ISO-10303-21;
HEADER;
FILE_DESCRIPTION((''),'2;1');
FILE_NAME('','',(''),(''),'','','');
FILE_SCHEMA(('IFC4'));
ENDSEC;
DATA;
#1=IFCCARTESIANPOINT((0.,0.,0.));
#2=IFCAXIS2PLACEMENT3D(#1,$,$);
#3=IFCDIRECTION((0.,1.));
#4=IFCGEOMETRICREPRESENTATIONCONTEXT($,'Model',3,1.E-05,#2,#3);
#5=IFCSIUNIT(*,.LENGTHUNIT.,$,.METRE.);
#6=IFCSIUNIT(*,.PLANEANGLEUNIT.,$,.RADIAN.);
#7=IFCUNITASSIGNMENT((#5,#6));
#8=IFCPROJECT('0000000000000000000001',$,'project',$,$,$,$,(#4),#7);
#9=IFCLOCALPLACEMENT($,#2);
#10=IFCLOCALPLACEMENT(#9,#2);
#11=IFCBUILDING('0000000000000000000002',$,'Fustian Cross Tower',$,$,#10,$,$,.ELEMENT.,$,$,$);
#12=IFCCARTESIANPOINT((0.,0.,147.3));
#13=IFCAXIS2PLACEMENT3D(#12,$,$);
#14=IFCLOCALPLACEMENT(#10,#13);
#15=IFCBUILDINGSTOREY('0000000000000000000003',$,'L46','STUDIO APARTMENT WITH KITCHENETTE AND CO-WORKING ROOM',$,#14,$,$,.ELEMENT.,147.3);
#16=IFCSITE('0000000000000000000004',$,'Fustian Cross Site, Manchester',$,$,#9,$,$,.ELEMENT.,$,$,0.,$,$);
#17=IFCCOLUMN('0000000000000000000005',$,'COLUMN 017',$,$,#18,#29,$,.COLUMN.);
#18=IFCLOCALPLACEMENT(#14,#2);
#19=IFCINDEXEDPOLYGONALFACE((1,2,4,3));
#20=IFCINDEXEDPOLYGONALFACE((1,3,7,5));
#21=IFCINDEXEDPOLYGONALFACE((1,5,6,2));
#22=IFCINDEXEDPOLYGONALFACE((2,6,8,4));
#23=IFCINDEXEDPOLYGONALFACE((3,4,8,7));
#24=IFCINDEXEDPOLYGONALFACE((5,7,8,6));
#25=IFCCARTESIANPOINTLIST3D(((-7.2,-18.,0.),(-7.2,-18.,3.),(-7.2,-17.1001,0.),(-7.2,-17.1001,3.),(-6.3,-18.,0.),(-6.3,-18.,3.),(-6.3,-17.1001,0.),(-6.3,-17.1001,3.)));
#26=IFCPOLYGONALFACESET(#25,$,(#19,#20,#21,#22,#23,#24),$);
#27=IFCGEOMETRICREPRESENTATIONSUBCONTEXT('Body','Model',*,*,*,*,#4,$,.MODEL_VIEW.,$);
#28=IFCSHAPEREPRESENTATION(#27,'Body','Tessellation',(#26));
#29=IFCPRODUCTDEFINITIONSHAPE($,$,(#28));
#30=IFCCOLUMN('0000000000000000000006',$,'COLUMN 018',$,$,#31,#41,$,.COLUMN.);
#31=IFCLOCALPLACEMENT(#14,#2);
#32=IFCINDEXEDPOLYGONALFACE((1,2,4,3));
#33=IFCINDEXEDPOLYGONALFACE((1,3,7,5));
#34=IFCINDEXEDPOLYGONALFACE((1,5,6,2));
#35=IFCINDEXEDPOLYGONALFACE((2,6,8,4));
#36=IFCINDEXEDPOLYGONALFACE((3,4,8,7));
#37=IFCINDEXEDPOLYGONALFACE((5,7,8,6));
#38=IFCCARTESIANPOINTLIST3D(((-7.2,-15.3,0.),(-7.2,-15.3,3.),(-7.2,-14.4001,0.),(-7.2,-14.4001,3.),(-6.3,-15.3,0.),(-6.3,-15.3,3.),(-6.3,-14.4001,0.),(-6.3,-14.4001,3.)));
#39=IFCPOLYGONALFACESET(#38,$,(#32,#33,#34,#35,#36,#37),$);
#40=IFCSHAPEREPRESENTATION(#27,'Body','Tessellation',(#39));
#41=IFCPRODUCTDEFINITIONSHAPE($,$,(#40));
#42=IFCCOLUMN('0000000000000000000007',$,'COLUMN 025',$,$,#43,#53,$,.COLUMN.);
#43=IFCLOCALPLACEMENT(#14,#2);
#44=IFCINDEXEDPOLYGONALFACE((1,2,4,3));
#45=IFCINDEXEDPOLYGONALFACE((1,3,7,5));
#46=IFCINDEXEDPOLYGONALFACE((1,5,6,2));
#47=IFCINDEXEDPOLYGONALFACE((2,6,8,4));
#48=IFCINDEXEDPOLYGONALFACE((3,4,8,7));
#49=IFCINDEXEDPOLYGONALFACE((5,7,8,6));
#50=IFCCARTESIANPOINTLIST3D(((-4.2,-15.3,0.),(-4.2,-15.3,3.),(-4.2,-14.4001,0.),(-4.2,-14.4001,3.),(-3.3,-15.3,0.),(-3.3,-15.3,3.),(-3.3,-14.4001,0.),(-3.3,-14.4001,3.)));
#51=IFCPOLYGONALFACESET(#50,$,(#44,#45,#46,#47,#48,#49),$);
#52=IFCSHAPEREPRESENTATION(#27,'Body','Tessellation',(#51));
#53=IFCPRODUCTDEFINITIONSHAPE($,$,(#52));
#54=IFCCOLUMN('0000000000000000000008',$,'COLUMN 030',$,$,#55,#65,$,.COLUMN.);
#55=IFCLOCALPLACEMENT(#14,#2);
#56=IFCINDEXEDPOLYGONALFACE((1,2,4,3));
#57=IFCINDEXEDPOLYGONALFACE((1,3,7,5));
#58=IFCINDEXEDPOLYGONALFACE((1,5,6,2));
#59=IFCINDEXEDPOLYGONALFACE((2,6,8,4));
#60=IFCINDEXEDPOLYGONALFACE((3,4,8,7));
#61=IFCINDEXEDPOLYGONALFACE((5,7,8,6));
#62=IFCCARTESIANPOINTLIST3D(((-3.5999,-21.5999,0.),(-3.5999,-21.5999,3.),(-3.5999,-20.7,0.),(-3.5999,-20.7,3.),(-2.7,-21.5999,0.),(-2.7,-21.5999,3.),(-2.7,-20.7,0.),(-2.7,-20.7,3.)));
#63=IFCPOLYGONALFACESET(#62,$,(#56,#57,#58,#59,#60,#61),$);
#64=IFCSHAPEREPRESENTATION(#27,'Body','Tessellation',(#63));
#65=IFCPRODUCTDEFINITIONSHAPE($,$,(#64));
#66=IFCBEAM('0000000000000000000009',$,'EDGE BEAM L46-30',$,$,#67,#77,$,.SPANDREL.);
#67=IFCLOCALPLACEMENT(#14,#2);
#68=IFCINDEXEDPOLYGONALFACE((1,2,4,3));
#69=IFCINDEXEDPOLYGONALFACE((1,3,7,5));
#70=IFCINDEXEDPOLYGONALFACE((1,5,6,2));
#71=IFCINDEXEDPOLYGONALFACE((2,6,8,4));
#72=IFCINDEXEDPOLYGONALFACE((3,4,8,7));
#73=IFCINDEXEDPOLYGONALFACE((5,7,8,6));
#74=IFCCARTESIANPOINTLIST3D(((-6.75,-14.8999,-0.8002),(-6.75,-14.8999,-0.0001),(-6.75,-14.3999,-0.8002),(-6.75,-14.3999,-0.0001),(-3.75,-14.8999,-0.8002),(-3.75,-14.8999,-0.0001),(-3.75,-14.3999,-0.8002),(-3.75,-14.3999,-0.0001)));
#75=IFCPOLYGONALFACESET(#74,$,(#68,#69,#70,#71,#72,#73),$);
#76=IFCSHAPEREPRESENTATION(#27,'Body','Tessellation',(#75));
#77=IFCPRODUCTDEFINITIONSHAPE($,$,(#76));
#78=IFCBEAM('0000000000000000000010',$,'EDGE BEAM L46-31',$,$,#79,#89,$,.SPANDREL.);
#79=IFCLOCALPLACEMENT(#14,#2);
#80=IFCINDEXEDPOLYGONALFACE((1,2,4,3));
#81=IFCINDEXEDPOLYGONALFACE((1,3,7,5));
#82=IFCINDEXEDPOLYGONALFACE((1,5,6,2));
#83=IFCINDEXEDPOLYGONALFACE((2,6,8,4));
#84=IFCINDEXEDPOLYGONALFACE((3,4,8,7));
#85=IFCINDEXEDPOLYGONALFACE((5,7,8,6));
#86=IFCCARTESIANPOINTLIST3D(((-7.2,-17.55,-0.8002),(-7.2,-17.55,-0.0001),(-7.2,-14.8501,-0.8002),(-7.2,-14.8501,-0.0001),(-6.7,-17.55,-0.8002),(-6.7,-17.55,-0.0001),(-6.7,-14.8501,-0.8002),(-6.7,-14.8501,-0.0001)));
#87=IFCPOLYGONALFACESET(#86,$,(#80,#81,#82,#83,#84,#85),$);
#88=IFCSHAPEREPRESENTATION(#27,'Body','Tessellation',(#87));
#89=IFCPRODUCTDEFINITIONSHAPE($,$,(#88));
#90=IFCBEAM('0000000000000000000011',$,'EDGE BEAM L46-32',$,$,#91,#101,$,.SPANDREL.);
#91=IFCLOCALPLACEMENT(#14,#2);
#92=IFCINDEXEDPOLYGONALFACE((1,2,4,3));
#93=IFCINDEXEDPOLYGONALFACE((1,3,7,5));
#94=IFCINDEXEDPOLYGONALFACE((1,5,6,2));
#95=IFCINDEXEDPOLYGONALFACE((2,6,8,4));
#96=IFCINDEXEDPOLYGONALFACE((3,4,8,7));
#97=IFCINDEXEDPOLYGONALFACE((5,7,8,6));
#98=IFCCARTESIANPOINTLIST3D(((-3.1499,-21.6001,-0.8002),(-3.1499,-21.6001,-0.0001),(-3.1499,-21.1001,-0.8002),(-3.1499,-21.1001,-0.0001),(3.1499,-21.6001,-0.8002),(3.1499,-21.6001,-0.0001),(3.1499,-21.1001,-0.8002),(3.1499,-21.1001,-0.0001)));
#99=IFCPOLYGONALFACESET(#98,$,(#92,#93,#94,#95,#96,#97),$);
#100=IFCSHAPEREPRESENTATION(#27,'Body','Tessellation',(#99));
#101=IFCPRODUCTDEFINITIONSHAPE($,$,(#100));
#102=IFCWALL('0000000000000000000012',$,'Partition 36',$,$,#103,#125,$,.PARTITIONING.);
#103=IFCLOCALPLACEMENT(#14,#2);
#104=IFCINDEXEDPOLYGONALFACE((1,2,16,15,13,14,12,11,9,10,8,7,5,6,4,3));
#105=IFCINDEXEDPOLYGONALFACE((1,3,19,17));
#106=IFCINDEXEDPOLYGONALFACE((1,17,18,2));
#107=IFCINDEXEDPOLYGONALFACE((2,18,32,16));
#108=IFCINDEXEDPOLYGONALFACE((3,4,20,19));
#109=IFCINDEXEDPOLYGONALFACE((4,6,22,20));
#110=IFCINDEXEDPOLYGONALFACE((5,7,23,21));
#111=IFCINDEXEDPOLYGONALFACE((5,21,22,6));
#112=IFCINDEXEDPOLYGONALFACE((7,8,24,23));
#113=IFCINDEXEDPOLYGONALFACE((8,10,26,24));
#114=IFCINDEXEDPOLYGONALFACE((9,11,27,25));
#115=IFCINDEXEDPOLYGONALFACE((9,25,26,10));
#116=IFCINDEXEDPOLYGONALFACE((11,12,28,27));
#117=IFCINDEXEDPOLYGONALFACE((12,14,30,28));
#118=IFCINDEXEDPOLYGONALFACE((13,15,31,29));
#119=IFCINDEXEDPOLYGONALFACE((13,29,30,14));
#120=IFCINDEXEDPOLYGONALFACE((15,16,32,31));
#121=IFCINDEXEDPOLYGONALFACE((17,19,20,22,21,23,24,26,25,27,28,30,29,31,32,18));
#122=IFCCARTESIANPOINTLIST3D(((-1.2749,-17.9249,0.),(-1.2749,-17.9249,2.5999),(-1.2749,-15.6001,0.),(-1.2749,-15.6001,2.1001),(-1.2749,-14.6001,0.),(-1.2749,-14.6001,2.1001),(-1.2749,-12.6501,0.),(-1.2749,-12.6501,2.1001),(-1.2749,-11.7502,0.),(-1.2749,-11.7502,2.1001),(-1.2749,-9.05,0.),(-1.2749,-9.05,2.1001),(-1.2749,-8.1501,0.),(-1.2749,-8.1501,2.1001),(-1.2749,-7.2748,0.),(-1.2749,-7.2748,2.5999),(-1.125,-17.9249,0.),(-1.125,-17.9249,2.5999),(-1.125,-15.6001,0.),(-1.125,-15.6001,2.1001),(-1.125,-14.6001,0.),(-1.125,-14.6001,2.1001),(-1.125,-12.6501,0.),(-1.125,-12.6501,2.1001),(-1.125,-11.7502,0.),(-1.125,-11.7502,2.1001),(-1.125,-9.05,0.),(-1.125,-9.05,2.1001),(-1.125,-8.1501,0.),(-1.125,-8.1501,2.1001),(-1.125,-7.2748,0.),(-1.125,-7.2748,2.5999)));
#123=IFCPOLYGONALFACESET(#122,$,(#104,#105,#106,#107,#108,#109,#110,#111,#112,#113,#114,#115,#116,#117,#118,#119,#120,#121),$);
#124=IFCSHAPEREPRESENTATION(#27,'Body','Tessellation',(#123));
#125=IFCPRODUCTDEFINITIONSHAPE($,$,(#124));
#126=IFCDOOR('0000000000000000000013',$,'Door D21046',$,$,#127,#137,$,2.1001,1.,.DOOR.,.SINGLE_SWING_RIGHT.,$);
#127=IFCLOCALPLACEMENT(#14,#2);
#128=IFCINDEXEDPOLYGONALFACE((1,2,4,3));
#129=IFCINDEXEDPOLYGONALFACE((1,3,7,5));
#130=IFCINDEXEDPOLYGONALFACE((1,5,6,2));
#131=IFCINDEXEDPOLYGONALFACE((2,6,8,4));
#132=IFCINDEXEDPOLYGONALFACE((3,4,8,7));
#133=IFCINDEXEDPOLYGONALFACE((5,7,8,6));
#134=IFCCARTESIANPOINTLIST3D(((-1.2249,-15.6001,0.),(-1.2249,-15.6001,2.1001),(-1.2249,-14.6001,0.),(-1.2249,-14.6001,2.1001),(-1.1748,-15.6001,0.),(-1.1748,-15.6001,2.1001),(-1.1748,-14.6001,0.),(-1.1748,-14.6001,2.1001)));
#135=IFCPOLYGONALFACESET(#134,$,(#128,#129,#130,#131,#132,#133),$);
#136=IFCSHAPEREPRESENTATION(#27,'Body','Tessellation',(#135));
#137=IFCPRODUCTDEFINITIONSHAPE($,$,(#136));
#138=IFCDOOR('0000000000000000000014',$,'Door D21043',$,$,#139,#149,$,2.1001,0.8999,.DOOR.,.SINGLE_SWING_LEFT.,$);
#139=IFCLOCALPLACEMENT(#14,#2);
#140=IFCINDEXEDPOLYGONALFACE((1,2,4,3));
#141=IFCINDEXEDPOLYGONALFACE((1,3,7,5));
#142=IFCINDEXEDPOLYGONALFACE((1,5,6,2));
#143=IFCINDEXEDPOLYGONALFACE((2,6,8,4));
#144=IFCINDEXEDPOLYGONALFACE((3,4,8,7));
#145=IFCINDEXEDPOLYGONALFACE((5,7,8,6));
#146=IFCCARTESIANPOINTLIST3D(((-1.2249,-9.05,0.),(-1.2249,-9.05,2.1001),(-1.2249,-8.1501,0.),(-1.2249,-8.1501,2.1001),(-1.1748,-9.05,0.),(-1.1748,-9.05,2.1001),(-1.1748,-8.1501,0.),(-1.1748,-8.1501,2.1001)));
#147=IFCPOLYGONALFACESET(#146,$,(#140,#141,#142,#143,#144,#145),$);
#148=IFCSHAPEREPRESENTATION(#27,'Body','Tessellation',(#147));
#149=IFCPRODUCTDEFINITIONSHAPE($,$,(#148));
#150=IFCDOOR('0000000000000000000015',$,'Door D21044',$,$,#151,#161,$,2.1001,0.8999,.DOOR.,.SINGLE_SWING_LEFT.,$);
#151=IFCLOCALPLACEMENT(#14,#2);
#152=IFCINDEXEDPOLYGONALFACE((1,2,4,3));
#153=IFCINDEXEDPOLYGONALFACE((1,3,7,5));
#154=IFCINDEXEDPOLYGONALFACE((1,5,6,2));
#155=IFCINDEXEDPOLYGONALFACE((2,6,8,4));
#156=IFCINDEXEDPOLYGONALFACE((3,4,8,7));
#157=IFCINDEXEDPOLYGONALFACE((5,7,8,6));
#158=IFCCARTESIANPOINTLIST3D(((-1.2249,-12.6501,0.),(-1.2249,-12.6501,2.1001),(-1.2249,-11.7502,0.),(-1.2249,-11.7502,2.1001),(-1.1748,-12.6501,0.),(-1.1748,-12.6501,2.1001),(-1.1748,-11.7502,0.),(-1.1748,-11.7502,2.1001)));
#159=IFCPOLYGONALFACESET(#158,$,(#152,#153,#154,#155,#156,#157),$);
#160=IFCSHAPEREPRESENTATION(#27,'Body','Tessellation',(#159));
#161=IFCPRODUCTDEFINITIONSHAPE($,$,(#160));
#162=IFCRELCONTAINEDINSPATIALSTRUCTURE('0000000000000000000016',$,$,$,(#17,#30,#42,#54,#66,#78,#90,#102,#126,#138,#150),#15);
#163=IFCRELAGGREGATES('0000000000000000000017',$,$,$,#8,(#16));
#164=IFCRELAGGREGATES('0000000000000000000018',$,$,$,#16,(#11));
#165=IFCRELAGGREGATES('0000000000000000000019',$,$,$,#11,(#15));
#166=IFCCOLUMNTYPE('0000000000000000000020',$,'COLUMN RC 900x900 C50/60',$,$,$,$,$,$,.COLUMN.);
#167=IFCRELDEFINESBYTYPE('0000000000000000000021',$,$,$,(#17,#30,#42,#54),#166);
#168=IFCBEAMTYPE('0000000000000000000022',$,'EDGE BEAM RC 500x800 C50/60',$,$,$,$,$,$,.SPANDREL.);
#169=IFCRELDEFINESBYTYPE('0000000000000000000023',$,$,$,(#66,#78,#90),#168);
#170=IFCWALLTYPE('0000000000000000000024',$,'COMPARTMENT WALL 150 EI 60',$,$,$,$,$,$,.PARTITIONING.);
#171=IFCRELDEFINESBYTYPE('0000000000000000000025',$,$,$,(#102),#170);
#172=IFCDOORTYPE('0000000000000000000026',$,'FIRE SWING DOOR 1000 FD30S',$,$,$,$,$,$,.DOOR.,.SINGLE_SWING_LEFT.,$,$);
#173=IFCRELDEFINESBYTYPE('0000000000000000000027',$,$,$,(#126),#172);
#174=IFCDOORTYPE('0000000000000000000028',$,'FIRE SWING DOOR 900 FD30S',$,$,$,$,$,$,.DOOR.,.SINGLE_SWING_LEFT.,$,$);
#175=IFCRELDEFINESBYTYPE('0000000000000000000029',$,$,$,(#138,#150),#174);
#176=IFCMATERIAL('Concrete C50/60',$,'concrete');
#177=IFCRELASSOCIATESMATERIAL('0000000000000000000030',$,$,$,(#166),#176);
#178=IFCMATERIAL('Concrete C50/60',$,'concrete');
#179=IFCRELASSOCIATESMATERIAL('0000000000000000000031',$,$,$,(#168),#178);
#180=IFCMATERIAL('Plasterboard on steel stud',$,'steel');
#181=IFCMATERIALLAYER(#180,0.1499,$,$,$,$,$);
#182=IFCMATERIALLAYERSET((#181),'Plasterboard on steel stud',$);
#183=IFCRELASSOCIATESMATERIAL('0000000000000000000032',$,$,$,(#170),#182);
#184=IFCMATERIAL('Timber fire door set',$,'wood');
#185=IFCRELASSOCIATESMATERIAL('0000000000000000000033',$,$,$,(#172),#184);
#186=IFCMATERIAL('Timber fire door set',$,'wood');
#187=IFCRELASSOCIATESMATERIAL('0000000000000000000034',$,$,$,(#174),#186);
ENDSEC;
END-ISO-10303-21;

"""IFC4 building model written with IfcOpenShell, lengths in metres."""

from ifc_helpers import new_model, si_unit, direction, frame, frame_2d, origin, origin_2d, place, context, subcontext, project, spatial, rectangle, extrude, material, layer, layer_set, material_profile, profile_set, type_object, element, fill, save


model = new_model("IFC4")

# Units and contexts
model_context = context("Model", 3, precision=1e-05, world=origin(), true_north=direction((0.0, 1.0)))
body_context = subcontext(model_context, "Body", "Model", "MODEL_VIEW")
ifc_project = project(units=[si_unit("LENGTHUNIT", "METRE"), si_unit("PLANEANGLEUNIT", "RADIAN")], contexts=[model_context])

# Site, building, storey
site_placement = place(None, origin())
site = spatial("IfcSite", under=ifc_project, at=site_placement, Name="Fustian Cross Site, Manchester", CompositionType="ELEMENT", RefElevation=0.0)
building_placement = place(site_placement, origin())
building = spatial("IfcBuilding", under=site, at=building_placement, Name="Fustian Cross Tower", CompositionType="ELEMENT")
storey_placement = place(building_placement, frame((0.0, 0.0, 147.3)))
storey = spatial("IfcBuildingStorey", under=building, at=storey_placement, Name="L46", Description="STUDIO APARTMENT WITH KITCHENETTE AND CO-WORKING ROOM", CompositionType="ELEMENT", Elevation=147.3)

# Columns
ifc_material_1 = material(Name="Concrete C50/60", Category="concrete")
ifc_material_profile_1 = material_profile(ifc_material_1, rectangle(XDim=0.8999, YDim=0.8999, at=origin_2d()), Name="RC 900x900")
ifc_profile_set_1 = profile_set([ifc_material_profile_1], Name="Concrete C50/60")
column_type = type_object("IfcColumnType", Name="COLUMN RC 900x900 C50/60", PredefinedType="COLUMN", material=ifc_profile_set_1)
for number, where, z_axis, x_axis, name in (
    (1, (-6.75, -17.55, 0.0), (0.0, 0.0, 1.0), (1.0, 0.0, 0.0), "COLUMN 017"),
    (2, (-6.75, -14.8501, 0.0), (0.0, 0.0, 1.0), (1.0, 0.0, 0.0), "COLUMN 018"),
    (3, (-3.75, -14.8501, 0.0), (0.0, 0.0, 1.0), (1.0, 0.0, 0.0), "COLUMN 025"),
    (4, (-3.1499, -21.1499, 0.0), (0.0, 0.0, 1.0), (1.0, 0.0, 0.0), "COLUMN 030"),
):
    element("IfcColumn", number, at=place(storey_placement, frame(where, z_axis=z_axis, x_axis=x_axis)), inside=storey, type_object=column_type, Name=name, PredefinedType="COLUMN", context=body_context, shape_type="SweptSolid", body=[
        extrude(rectangle(XDim=0.8999, YDim=0.8999, at=origin_2d()), origin(), (0.0, 0.0, 1.0), 3.0),
    ])

# Beams
ifc_material_2 = material(Name="Concrete C50/60", Category="concrete")
ifc_material_profile_2 = material_profile(ifc_material_2, rectangle(XDim=0.5, YDim=0.8, at=origin_2d()), Name="RC 500x800")
ifc_profile_set_2 = profile_set([ifc_material_profile_2], Name="Concrete C50/60")
beam_type = type_object("IfcBeamType", Name="EDGE BEAM RC 500x800 C50/60", PredefinedType="SPANDREL", material=ifc_profile_set_2)
beam_1_placement = place(storey_placement, frame((-3.75, -14.6499, -0.4001), z_axis=(-1.0, 0.0, 0.0), x_axis=(0.0, -1.0, 0.0)))
element("IfcBeam", 5, at=beam_1_placement, inside=storey, type_object=beam_type, Name="EDGE BEAM L46-30", PredefinedType="SPANDREL", context=body_context, shape_type="SweptSolid", body=[
    extrude(rectangle(XDim=0.5, YDim=0.8, at=origin_2d()), origin(), (0.0, 0.0, 1.0), 3.0),
])
beam_2_placement = place(storey_placement, frame((-6.95, -14.8501, -0.4001), z_axis=(0.0, -1.0, 0.0), x_axis=(1.0, 0.0, 0.0)))
element("IfcBeam", 6, at=beam_2_placement, inside=storey, type_object=beam_type, Name="EDGE BEAM L46-31", PredefinedType="SPANDREL", context=body_context, shape_type="SweptSolid", body=[
    extrude(rectangle(XDim=0.5, YDim=0.8, at=origin_2d()), origin(), (0.0, 0.0, 1.0), 2.7),
])
beam_3_placement = place(storey_placement, frame((-3.1499, -21.3501, -0.4001), z_axis=(1.0, 0.0, 0.0), x_axis=(0.0, 1.0, 0.0)))
element("IfcBeam", 7, at=beam_3_placement, inside=storey, type_object=beam_type, Name="EDGE BEAM L46-32", PredefinedType="SPANDREL", context=body_context, shape_type="SweptSolid", body=[
    extrude(rectangle(XDim=0.5, YDim=0.8, at=origin_2d()), origin(), (0.0, 0.0, 1.0), 6.2998),
])

# Wall, openings, doors
ifc_material_3 = material(Name="Plasterboard on steel stud", Category="steel")
ifc_layer_1 = layer(ifc_material_3, 0.1499)
ifc_layer_set_1 = layer_set([ifc_layer_1], Name="Plasterboard on steel stud")
wall_type_1 = type_object("IfcWallType", Name="COMPARTMENT WALL 150 EI 60", PredefinedType="PARTITIONING", material=ifc_layer_set_1)
wall_1_placement = place(storey_placement, frame((-1.2, -17.925, 0.0), z_axis=(0.0, 0.0, 1.0), x_axis=(0.0, 1.0, 0.0)))
wall_1 = element("IfcWall", 8, at=wall_1_placement, inside=storey, type_object=wall_type_1, Name="Partition 36", PredefinedType="PARTITIONING", context=body_context, shape_type="SweptSolid", body=[
    extrude(rectangle(XDim=10.6501, YDim=0.1499, at=frame_2d((5.3252, 0.0))), origin(), (0.0, 0.0, 1.0), 2.5999),
])
opening_1_placement = place(wall_1_placement, frame((8.875, 0.0, 0.0)))
opening_1 = element("IfcOpeningElement", 9, at=opening_1_placement, cuts=wall_1, PredefinedType="OPENING", context=body_context, shape_type="SweptSolid", body=[
    extrude(rectangle(XDim=0.8999, YDim=2.1001, at=frame_2d((0.45, 1.05))), frame((0.0, 0.085, 0.0), z_axis=(0.0, -1.0, 0.0), x_axis=(1.0, 0.0, 0.0)), (0.0, 0.0, 1.0), 0.1699),
])
opening_2_placement = place(wall_1_placement, frame((5.2749, 0.0, 0.0)))
opening_2 = element("IfcOpeningElement", 10, at=opening_2_placement, cuts=wall_1, PredefinedType="OPENING", context=body_context, shape_type="SweptSolid", body=[
    extrude(rectangle(XDim=0.8999, YDim=2.1001, at=frame_2d((0.45, 1.05))), frame((0.0, 0.085, 0.0), z_axis=(0.0, -1.0, 0.0), x_axis=(1.0, 0.0, 0.0)), (0.0, 0.0, 1.0), 0.1699),
])
opening_3_placement = place(wall_1_placement, frame((2.325, 0.0, 0.0)))
opening_3 = element("IfcOpeningElement", 11, at=opening_3_placement, cuts=wall_1, PredefinedType="OPENING", context=body_context, shape_type="SweptSolid", body=[
    extrude(rectangle(XDim=1.0, YDim=2.1001, at=frame_2d((0.5, 1.05))), frame((0.0, 0.085, 0.0), z_axis=(0.0, -1.0, 0.0), x_axis=(1.0, 0.0, 0.0)), (0.0, 0.0, 1.0), 0.1699),
])
ifc_material_4 = material(Name="Timber fire door set", Category="wood")
door_type_1 = type_object("IfcDoorType", Name="FIRE SWING DOOR 1000 FD30S", OperationType="SINGLE_SWING_LEFT", PredefinedType="DOOR", material=ifc_material_4)
door_1_placement = place(opening_3_placement, origin())
door_1 = element("IfcDoor", 12, at=door_1_placement, inside=storey, type_object=door_type_1, Name="Door D21046", OperationType="SINGLE_SWING_RIGHT", OverallHeight=2.1001, OverallWidth=1.0, PredefinedType="DOOR", context=body_context, shape_type="SweptSolid", body=[
    extrude(rectangle(XDim=1.0, YDim=2.1001, at=frame_2d((0.5, 1.05))), frame((0.0, 0.0249, 0.0), z_axis=(0.0, -1.0, 0.0), x_axis=(1.0, 0.0, 0.0)), (0.0, 0.0, 1.0), 0.05),
])
fill(opening_3, door_1)
ifc_material_5 = material(Name="Timber fire door set", Category="wood")
door_type_2 = type_object("IfcDoorType", Name="FIRE SWING DOOR 900 FD30S", OperationType="SINGLE_SWING_LEFT", PredefinedType="DOOR", material=ifc_material_5)
door_2_placement = place(opening_1_placement, origin())
door_2 = element("IfcDoor", 13, at=door_2_placement, inside=storey, type_object=door_type_2, Name="Door D21043", OperationType="SINGLE_SWING_LEFT", OverallHeight=2.1001, OverallWidth=0.8999, PredefinedType="DOOR", context=body_context, shape_type="SweptSolid", body=[
    extrude(rectangle(XDim=0.8999, YDim=2.1001, at=frame_2d((0.45, 1.05))), frame((0.0, 0.0249, 0.0), z_axis=(0.0, -1.0, 0.0), x_axis=(1.0, 0.0, 0.0)), (0.0, 0.0, 1.0), 0.05),
])
fill(opening_1, door_2)
door_3_placement = place(opening_2_placement, origin())
door_3 = element("IfcDoor", 14, at=door_3_placement, inside=storey, type_object=door_type_2, Name="Door D21044", OperationType="SINGLE_SWING_LEFT", OverallHeight=2.1001, OverallWidth=0.8999, PredefinedType="DOOR", context=body_context, shape_type="SweptSolid", body=[
    extrude(rectangle(XDim=0.8999, YDim=2.1001, at=frame_2d((0.45, 1.05))), frame((0.0, 0.0249, 0.0), z_axis=(0.0, -1.0, 0.0), x_axis=(1.0, 0.0, 0.0)), (0.0, 0.0, 1.0), 0.05),
])
fill(opening_2, door_3)

save(model, "model.ifc")
